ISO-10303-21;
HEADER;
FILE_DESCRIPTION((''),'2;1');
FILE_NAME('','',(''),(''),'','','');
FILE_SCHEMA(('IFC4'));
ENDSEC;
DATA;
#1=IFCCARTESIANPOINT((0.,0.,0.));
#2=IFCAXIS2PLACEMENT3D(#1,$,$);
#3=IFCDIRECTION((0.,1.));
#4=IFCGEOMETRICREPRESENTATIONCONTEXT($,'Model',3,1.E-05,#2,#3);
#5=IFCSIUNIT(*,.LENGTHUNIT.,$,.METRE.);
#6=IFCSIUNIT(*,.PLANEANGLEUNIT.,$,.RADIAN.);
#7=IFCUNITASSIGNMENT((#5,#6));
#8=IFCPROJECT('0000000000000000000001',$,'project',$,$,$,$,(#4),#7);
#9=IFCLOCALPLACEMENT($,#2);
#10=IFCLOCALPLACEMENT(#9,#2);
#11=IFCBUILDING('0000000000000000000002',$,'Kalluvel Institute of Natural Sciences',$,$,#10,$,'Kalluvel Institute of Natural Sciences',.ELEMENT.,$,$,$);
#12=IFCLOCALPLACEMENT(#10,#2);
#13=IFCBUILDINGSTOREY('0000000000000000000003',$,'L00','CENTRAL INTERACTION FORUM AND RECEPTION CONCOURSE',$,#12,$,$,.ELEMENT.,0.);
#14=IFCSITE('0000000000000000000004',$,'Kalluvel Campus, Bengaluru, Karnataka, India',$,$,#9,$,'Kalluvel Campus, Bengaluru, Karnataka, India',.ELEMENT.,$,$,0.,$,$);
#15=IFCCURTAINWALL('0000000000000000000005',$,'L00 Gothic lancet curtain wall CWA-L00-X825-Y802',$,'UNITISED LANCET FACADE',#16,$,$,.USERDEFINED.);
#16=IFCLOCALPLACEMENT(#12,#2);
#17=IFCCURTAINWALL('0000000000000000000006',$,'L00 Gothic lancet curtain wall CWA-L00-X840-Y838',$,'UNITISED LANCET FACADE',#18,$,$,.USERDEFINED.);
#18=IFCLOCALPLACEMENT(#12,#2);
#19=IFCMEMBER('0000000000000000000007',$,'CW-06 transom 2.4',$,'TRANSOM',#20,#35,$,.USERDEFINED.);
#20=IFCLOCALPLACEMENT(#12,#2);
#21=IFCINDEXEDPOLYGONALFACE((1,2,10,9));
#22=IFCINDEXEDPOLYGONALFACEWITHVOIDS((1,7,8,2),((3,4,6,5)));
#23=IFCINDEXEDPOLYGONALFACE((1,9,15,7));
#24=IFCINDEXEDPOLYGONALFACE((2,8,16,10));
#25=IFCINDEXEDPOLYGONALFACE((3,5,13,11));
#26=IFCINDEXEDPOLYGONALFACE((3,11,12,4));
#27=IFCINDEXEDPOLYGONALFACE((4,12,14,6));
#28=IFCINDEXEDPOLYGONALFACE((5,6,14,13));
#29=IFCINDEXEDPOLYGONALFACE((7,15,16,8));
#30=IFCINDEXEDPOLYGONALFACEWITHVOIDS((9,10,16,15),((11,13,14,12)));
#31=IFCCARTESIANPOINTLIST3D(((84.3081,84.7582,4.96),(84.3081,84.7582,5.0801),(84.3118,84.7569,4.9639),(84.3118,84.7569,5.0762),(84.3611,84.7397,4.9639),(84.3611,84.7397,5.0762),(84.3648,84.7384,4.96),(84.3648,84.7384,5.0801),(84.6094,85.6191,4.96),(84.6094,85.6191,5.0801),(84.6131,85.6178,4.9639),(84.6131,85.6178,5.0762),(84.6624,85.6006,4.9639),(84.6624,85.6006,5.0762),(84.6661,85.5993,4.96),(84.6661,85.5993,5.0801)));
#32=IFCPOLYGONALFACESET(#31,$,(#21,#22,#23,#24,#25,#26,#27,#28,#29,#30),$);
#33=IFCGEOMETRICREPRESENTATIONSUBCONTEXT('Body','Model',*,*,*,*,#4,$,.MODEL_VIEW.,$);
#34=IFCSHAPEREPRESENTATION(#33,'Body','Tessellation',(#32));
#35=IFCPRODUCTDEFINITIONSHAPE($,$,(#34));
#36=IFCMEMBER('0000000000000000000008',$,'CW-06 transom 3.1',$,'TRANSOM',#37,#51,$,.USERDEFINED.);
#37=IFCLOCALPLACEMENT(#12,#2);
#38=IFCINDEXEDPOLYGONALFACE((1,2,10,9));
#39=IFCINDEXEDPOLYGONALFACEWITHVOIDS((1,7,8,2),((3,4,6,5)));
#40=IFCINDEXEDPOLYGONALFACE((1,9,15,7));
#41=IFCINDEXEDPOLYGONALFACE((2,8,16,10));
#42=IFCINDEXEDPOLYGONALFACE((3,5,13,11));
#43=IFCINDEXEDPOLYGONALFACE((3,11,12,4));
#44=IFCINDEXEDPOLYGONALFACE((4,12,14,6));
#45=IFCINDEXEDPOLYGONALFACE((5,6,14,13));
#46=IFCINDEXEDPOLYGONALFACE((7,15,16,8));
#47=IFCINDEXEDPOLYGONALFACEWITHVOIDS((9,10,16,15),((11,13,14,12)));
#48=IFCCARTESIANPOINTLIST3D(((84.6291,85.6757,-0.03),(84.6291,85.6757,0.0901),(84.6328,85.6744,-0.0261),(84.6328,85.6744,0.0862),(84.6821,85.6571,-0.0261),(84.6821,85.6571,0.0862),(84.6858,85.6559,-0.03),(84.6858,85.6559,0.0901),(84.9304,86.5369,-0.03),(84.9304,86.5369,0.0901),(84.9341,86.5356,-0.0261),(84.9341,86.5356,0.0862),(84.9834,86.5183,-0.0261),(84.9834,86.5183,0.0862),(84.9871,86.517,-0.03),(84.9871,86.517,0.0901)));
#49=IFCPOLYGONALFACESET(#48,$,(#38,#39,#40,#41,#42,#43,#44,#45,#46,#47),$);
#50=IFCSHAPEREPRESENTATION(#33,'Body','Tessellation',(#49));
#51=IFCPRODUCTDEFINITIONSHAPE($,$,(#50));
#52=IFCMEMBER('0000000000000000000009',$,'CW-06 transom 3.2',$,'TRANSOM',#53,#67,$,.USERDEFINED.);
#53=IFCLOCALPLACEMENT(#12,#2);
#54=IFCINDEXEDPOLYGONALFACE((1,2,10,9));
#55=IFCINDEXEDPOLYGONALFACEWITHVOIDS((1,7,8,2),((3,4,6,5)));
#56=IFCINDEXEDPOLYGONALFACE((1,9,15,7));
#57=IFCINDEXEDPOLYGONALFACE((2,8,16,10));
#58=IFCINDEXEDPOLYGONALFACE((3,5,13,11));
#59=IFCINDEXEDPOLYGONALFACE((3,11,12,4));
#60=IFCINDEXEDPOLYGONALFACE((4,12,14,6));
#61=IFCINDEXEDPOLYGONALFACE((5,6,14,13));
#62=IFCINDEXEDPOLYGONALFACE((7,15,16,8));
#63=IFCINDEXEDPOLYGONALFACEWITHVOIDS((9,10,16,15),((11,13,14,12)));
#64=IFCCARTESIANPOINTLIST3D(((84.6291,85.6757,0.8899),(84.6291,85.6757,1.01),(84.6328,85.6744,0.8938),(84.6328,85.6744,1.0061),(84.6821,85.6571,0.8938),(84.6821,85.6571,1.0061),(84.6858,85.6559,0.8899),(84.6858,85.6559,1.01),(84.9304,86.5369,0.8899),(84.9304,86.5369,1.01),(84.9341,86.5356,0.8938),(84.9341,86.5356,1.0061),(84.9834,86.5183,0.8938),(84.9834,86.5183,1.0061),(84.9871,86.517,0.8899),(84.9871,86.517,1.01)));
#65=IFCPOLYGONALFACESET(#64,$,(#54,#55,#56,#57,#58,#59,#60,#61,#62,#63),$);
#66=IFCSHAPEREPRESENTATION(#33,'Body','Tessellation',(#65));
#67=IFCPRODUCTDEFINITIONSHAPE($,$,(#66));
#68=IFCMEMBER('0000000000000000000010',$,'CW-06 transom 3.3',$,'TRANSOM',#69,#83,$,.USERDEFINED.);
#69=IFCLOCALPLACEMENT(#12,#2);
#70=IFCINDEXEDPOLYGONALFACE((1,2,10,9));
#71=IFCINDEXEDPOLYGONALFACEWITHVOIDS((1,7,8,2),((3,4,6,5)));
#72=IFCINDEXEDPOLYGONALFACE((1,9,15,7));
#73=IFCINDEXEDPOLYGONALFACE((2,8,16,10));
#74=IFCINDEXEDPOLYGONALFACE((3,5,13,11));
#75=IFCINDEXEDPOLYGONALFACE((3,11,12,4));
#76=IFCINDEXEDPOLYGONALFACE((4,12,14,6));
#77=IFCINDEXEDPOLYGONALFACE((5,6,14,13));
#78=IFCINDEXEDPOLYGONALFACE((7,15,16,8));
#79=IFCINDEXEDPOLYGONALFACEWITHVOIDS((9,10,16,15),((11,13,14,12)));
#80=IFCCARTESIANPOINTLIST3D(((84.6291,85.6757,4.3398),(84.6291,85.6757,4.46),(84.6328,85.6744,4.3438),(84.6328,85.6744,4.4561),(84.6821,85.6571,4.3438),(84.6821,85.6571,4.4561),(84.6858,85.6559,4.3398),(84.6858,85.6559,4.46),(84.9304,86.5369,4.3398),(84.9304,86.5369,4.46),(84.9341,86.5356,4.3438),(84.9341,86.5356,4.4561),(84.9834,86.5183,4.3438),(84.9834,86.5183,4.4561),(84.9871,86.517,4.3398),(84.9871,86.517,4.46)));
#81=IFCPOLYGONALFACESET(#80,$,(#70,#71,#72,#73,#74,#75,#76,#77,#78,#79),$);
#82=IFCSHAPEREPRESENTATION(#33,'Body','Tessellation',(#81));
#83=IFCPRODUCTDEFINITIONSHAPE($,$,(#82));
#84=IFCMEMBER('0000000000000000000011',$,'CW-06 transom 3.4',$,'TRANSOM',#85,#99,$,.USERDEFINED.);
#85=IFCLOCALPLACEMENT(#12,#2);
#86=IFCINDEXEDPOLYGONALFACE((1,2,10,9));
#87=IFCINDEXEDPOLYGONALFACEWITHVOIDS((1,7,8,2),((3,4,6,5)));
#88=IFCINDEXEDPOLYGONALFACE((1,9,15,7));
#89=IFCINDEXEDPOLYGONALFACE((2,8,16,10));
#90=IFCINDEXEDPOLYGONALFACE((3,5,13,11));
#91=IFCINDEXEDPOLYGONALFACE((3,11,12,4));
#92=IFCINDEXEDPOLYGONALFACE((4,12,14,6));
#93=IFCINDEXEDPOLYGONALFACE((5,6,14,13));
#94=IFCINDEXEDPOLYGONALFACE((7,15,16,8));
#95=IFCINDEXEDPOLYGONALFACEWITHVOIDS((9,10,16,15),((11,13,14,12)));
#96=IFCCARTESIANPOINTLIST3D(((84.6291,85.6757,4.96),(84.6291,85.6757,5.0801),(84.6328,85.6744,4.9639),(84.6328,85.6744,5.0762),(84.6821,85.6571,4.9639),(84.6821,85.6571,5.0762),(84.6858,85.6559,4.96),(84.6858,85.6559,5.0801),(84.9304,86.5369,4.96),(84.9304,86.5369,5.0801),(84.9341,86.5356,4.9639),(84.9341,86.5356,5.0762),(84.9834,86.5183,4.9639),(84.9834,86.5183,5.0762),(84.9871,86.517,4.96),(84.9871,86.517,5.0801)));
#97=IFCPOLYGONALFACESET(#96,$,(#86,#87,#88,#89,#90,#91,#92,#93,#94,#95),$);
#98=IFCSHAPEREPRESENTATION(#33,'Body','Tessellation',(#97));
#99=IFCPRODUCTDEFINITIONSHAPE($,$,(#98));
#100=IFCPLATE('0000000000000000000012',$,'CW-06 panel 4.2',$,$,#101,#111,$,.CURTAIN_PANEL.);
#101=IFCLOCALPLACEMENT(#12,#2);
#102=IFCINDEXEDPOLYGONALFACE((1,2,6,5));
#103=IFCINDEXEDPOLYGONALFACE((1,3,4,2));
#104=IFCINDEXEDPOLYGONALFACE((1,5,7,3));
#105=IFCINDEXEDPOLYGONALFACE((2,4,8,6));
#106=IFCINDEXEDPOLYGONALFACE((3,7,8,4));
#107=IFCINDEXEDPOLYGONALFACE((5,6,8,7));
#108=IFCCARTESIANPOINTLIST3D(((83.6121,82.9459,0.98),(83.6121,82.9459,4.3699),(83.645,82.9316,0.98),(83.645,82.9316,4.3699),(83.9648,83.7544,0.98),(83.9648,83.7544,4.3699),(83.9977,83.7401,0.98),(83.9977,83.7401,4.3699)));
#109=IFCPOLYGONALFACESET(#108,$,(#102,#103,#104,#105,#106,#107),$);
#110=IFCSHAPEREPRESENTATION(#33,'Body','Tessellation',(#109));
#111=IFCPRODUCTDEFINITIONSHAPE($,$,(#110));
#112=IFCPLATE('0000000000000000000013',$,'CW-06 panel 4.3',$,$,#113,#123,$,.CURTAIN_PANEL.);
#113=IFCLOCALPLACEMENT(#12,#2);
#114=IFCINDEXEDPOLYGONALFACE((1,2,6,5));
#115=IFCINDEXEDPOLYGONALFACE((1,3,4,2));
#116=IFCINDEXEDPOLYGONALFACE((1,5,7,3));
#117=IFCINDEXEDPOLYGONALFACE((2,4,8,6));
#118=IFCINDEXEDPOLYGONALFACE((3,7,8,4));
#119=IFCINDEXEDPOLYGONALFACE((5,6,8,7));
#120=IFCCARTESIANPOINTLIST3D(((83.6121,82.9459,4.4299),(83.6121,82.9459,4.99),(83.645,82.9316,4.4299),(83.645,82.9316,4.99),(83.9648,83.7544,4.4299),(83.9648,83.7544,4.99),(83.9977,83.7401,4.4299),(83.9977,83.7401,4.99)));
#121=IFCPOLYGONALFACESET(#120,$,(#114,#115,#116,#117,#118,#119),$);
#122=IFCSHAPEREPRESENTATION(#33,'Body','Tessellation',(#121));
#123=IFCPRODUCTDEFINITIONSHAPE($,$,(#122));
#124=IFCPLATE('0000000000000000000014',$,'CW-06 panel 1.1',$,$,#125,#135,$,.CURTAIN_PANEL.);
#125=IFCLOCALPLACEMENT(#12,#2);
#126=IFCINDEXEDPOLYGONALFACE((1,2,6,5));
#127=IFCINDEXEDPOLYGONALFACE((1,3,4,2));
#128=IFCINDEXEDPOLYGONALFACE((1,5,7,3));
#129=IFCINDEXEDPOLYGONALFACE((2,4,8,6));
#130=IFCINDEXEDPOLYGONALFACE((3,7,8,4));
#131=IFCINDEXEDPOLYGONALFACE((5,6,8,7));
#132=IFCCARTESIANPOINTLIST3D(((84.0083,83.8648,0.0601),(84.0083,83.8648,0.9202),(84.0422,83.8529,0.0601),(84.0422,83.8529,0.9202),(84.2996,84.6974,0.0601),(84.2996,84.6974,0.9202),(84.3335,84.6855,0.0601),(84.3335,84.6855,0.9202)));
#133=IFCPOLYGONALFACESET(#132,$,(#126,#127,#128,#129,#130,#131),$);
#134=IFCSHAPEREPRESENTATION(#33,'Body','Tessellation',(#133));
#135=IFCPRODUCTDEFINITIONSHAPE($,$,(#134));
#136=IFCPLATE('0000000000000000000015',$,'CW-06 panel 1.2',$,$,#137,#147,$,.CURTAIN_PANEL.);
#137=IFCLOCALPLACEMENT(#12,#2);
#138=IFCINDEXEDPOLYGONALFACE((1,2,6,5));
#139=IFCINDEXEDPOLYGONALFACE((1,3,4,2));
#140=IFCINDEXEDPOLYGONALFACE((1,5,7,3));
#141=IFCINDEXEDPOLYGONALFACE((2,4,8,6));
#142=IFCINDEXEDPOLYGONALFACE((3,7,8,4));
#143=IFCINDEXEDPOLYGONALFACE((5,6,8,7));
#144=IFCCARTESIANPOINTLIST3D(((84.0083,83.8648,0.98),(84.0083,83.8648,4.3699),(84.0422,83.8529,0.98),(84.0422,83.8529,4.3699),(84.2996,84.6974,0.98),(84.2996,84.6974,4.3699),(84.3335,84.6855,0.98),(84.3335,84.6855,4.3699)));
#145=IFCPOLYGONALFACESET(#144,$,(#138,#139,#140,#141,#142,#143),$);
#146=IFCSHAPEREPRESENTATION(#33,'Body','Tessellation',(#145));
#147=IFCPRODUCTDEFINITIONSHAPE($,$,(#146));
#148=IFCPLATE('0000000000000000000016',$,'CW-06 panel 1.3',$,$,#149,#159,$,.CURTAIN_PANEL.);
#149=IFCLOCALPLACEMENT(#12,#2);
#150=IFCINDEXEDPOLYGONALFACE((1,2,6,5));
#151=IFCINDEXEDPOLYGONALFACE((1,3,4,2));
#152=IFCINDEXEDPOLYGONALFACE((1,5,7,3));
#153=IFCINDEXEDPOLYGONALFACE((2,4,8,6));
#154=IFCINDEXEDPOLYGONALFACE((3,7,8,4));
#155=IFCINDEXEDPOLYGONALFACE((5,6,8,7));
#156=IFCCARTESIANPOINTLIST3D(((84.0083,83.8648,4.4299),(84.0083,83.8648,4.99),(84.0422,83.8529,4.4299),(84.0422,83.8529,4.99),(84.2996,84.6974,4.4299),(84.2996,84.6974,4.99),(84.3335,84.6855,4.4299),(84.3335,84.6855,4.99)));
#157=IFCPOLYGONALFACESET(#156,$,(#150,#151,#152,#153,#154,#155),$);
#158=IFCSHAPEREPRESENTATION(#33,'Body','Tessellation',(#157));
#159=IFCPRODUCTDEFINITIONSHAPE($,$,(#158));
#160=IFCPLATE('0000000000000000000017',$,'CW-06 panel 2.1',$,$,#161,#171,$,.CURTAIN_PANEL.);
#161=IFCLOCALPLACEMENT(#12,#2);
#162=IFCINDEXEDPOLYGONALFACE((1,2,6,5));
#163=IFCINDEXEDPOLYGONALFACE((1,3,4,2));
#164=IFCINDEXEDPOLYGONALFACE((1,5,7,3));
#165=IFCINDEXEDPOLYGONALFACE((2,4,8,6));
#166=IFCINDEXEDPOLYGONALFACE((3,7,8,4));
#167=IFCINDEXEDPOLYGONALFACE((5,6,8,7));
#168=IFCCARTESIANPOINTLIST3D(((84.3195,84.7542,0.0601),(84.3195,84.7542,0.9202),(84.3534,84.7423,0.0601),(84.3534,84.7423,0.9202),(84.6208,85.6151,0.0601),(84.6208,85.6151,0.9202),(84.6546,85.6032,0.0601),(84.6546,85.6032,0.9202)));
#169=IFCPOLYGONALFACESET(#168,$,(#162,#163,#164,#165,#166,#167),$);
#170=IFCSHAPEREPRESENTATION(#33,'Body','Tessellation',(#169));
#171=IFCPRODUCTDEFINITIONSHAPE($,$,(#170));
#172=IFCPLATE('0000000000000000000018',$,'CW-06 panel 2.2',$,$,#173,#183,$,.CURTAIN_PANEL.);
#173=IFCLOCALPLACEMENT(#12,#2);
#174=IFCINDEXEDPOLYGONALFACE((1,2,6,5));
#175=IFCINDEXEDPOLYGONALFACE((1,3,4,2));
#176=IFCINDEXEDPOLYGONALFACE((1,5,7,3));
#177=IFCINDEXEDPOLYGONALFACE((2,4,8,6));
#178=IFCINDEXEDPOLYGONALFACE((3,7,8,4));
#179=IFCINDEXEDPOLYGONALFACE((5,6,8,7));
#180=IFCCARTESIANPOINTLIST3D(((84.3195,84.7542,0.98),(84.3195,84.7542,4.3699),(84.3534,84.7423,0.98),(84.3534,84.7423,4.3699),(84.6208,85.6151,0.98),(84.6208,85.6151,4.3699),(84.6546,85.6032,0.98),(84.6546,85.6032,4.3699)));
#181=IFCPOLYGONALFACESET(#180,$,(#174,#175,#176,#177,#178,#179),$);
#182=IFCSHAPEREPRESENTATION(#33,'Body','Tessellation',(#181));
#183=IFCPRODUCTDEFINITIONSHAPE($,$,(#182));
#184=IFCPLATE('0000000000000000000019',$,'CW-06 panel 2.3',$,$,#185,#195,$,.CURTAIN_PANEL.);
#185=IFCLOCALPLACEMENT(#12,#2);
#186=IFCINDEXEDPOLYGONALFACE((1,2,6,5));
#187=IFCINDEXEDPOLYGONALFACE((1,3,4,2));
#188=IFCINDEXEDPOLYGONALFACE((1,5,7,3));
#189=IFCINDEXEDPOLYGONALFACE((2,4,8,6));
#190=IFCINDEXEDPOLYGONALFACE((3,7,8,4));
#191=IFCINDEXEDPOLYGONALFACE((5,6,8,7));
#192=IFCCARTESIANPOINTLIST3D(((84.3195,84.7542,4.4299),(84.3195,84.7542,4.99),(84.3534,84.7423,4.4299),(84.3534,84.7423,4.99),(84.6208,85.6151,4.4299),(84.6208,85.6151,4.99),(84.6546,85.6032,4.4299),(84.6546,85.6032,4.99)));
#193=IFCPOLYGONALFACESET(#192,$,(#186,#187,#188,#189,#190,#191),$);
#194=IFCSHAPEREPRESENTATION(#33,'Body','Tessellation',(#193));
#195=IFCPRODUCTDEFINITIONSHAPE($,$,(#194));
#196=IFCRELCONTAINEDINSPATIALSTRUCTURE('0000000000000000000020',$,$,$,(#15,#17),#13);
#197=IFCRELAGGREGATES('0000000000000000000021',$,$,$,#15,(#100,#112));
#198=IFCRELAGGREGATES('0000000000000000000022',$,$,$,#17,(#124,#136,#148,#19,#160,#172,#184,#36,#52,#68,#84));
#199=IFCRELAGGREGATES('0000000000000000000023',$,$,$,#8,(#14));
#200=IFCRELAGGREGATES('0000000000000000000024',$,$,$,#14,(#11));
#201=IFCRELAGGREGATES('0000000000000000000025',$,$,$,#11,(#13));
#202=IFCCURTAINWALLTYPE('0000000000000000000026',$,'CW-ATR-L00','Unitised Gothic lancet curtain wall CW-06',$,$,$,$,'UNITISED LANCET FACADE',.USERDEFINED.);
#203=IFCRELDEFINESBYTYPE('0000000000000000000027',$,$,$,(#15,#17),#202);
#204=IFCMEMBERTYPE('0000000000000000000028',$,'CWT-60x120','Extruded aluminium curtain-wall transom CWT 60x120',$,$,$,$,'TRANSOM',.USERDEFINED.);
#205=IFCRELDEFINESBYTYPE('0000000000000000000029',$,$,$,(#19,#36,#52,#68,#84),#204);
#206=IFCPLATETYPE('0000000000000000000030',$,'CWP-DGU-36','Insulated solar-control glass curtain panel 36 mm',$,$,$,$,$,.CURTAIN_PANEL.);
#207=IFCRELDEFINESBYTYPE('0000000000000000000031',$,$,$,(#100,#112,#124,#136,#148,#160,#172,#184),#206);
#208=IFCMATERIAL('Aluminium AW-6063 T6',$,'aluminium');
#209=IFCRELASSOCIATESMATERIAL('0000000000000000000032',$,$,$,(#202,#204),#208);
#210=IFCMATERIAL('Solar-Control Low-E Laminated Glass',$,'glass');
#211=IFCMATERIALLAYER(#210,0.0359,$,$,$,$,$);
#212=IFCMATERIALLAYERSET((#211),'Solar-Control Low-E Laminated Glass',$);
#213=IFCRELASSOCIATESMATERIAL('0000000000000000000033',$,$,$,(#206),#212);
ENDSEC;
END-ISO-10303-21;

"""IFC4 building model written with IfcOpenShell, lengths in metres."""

from ifc_helpers import new_model, si_unit, direction, frame, origin, origin_2d, place, context, subcontext, project, spatial, rectangle, hollow_rectangle, extrude, material, layer, layer_set, material_profile, profile_set, type_object, element, aggregate, save


model = new_model("IFC4")

# Units and contexts
model_context = context("Model", 3, precision=1e-05, world=origin(), true_north=direction((0.0, 1.0)))
body_context = subcontext(model_context, "Body", "Model", "MODEL_VIEW")
ifc_project = project(units=[si_unit("LENGTHUNIT", "METRE"), si_unit("PLANEANGLEUNIT", "RADIAN")], contexts=[model_context])

# Site, building, storey
site_placement = place(None, origin())
site = spatial("IfcSite", under=ifc_project, at=site_placement, Name="Kalluvel Campus, Bengaluru, Karnataka, India", LongName="Kalluvel Campus, Bengaluru, Karnataka, India", CompositionType="ELEMENT", RefElevation=0.0)
building_placement = place(site_placement, origin())
building = spatial("IfcBuilding", under=site, at=building_placement, Name="Kalluvel Institute of Natural Sciences", LongName="Kalluvel Institute of Natural Sciences", CompositionType="ELEMENT")
storey_placement = place(building_placement, origin())
storey = spatial("IfcBuildingStorey", under=building, at=storey_placement, Name="L00", Description="CENTRAL INTERACTION FORUM AND RECEPTION CONCOURSE", CompositionType="ELEMENT", Elevation=0.0)

# Curtain wall
ifc_material_1 = material(Name="Aluminium AW-6063 T6", Category="aluminium")
curtain_wall_type = type_object("IfcCurtainWallType", Name="CW-ATR-L00", Description="Unitised Gothic lancet curtain wall CW-06", ElementType="UNITISED LANCET FACADE", PredefinedType="USERDEFINED", material=ifc_material_1)
curtain_wall_1_placement = place(storey_placement, origin())
curtain_wall_1 = element("IfcCurtainWall", 1, at=curtain_wall_1_placement, inside=storey, type_object=curtain_wall_type, Name="L00 Gothic lancet curtain wall CWA-L00-X825-Y802", ObjectType="UNITISED LANCET FACADE", PredefinedType="USERDEFINED")

# Curtain wall, members
curtain_wall_2_placement = place(storey_placement, origin())
curtain_wall_2 = element("IfcCurtainWall", 2, at=curtain_wall_2_placement, inside=storey, type_object=curtain_wall_type, Name="L00 Gothic lancet curtain wall CWA-L00-X840-Y838", ObjectType="UNITISED LANCET FACADE", PredefinedType="USERDEFINED")
ifc_material_profile_1 = material_profile(ifc_material_1, hollow_rectangle(XDim=0.0601, YDim=0.1201, WallThickness=0.0039, at=origin_2d()), Name="CWT 60x120")
ifc_profile_set_1 = profile_set([ifc_material_profile_1], Name="Aluminium AW-6063 T6")
member_type_1 = type_object("IfcMemberType", Name="CWT-60x120", Description="Extruded aluminium curtain-wall transom CWT 60x120", ElementType="TRANSOM", PredefinedType="USERDEFINED", material=ifc_profile_set_1)
member_1_placement = place(storey_placement, frame((84.3364, 84.7483, 5.02), z_axis=(0.330327, 0.943867, 0.0), x_axis=(-0.943867, 0.330327, 0.0)))
member_1 = element("IfcMember", 3, at=member_1_placement, type_object=member_type_1, Name="CW-06 transom 2.4", ObjectType="TRANSOM", PredefinedType="USERDEFINED", context=body_context, shape_type="SweptSolid", body=[
    extrude(hollow_rectangle(XDim=0.0601, YDim=0.1201, WallThickness=0.0039, at=origin_2d()), origin(), (0.0, 0.0, 1.0), 0.9121),
])
member_2_placement = place(storey_placement, frame((84.6575, 85.6658, 0.03), z_axis=(0.330243, 0.943896, 0.0), x_axis=(-0.943896, 0.330243, 0.0)))
member_2 = element("IfcMember", 4, at=member_2_placement, type_object=member_type_1, Name="CW-06 transom 3.1", ObjectType="TRANSOM", PredefinedType="USERDEFINED", context=body_context, shape_type="SweptSolid", body=[
    extrude(hollow_rectangle(XDim=0.0601, YDim=0.1201, WallThickness=0.0039, at=origin_2d()), origin(), (0.0, 0.0, 1.0), 0.9124),
])
member_3_placement = place(storey_placement, frame((84.6575, 85.6658, 0.95), z_axis=(0.330243, 0.943896, 0.0), x_axis=(-0.943896, 0.330243, 0.0)))
member_3 = element("IfcMember", 5, at=member_3_placement, type_object=member_type_1, Name="CW-06 transom 3.2", ObjectType="TRANSOM", PredefinedType="USERDEFINED", context=body_context, shape_type="SweptSolid", body=[
    extrude(hollow_rectangle(XDim=0.0601, YDim=0.1201, WallThickness=0.0039, at=origin_2d()), origin(), (0.0, 0.0, 1.0), 0.9124),
])
member_4_placement = place(storey_placement, frame((84.6575, 85.6658, 4.3999), z_axis=(0.330243, 0.943896, 0.0), x_axis=(-0.943896, 0.330243, 0.0)))
member_4 = element("IfcMember", 6, at=member_4_placement, type_object=member_type_1, Name="CW-06 transom 3.3", ObjectType="TRANSOM", PredefinedType="USERDEFINED", context=body_context, shape_type="SweptSolid", body=[
    extrude(hollow_rectangle(XDim=0.0601, YDim=0.1201, WallThickness=0.0039, at=origin_2d()), origin(), (0.0, 0.0, 1.0), 0.9124),
])
member_5_placement = place(storey_placement, frame((84.6575, 85.6658, 5.02), z_axis=(0.330243, 0.943896, 0.0), x_axis=(-0.943896, 0.330243, 0.0)))
member_5 = element("IfcMember", 7, at=member_5_placement, type_object=member_type_1, Name="CW-06 transom 3.4", ObjectType="TRANSOM", PredefinedType="USERDEFINED", context=body_context, shape_type="SweptSolid", body=[
    extrude(hollow_rectangle(XDim=0.0601, YDim=0.1201, WallThickness=0.0039, at=origin_2d()), origin(), (0.0, 0.0, 1.0), 0.9124),
])

# Plates
ifc_material_2 = material(Name="Solar-Control Low-E Laminated Glass", Category="glass")
ifc_layer = layer(ifc_material_2, 0.0359)
ifc_layer_set = layer_set([ifc_layer], Name="Solar-Control Low-E Laminated Glass")
plate_type = type_object("IfcPlateType", Name="CWP-DGU-36", Description="Insulated solar-control glass curtain panel 36 mm", PredefinedType="CURTAIN_PANEL", material=ifc_layer_set)
plate_1_placement = place(storey_placement, frame((83.8049, 83.343, 0.98), z_axis=(0.0, 0.0, 1.0), x_axis=(0.399873, 0.916571, 0.0)))
plate_1 = element("IfcPlate", 8, at=plate_1_placement, type_object=plate_type, Name="CW-06 panel 4.2", PredefinedType="CURTAIN_PANEL", context=body_context, shape_type="SweptSolid", body=[
    extrude(rectangle(XDim=0.8821, YDim=0.0359, at=origin_2d()), origin(), (0.0, 0.0, 1.0), 3.3899),
])
plate_2_placement = place(storey_placement, frame((83.8049, 83.343, 4.4299), z_axis=(0.0, 0.0, 1.0), x_axis=(0.399873, 0.916571, 0.0)))
plate_2 = element("IfcPlate", 9, at=plate_2_placement, type_object=plate_type, Name="CW-06 panel 4.3", PredefinedType="CURTAIN_PANEL", context=body_context, shape_type="SweptSolid", body=[
    extrude(rectangle(XDim=0.8821, YDim=0.0359, at=origin_2d()), origin(), (0.0, 0.0, 1.0), 0.5601),
])
aggregate(curtain_wall_1, [plate_1, plate_2])
plate_3_placement = place(storey_placement, frame((84.1709, 84.2751, 0.0601), z_axis=(0.0, 0.0, 1.0), x_axis=(0.330295, 0.943878, 0.0)))
plate_3 = element("IfcPlate", 10, at=plate_3_placement, type_object=plate_type, Name="CW-06 panel 1.1", PredefinedType="CURTAIN_PANEL", context=body_context, shape_type="SweptSolid", body=[
    extrude(rectangle(XDim=0.8821, YDim=0.0359, at=origin_2d()), origin(), (0.0, 0.0, 1.0), 0.8601),
])
plate_4_placement = place(storey_placement, frame((84.1709, 84.2751, 0.98), z_axis=(0.0, 0.0, 1.0), x_axis=(0.330295, 0.943878, 0.0)))
plate_4 = element("IfcPlate", 11, at=plate_4_placement, type_object=plate_type, Name="CW-06 panel 1.2", PredefinedType="CURTAIN_PANEL", context=body_context, shape_type="SweptSolid", body=[
    extrude(rectangle(XDim=0.8821, YDim=0.0359, at=origin_2d()), origin(), (0.0, 0.0, 1.0), 3.3899),
])
plate_5_placement = place(storey_placement, frame((84.1709, 84.2751, 4.4299), z_axis=(0.0, 0.0, 1.0), x_axis=(0.330295, 0.943878, 0.0)))
plate_5 = element("IfcPlate", 12, at=plate_5_placement, type_object=plate_type, Name="CW-06 panel 1.3", PredefinedType="CURTAIN_PANEL", context=body_context, shape_type="SweptSolid", body=[
    extrude(rectangle(XDim=0.8821, YDim=0.0359, at=origin_2d()), origin(), (0.0, 0.0, 1.0), 0.5601),
])
plate_6_placement = place(storey_placement, frame((84.4871, 85.1787, 0.0601), z_axis=(0.0, 0.0, 1.0), x_axis=(0.330295, 0.943878, 0.0)))
plate_6 = element("IfcPlate", 13, at=plate_6_placement, type_object=plate_type, Name="CW-06 panel 2.1", PredefinedType="CURTAIN_PANEL", context=body_context, shape_type="SweptSolid", body=[
    extrude(rectangle(XDim=0.9121, YDim=0.0359, at=origin_2d()), origin(), (0.0, 0.0, 1.0), 0.8601),
])
plate_7_placement = place(storey_placement, frame((84.4871, 85.1787, 0.98), z_axis=(0.0, 0.0, 1.0), x_axis=(0.330295, 0.943878, 0.0)))
plate_7 = element("IfcPlate", 14, at=plate_7_placement, type_object=plate_type, Name="CW-06 panel 2.2", PredefinedType="CURTAIN_PANEL", context=body_context, shape_type="SweptSolid", body=[
    extrude(rectangle(XDim=0.9121, YDim=0.0359, at=origin_2d()), origin(), (0.0, 0.0, 1.0), 3.3899),
])
plate_8_placement = place(storey_placement, frame((84.4871, 85.1787, 4.4299), z_axis=(0.0, 0.0, 1.0), x_axis=(0.330295, 0.943878, 0.0)))
plate_8 = element("IfcPlate", 15, at=plate_8_placement, type_object=plate_type, Name="CW-06 panel 2.3", PredefinedType="CURTAIN_PANEL", context=body_context, shape_type="SweptSolid", body=[
    extrude(rectangle(XDim=0.9121, YDim=0.0359, at=origin_2d()), origin(), (0.0, 0.0, 1.0), 0.5601),
])
aggregate(curtain_wall_2, [plate_3, plate_4, plate_5, member_1, plate_6, plate_7, plate_8, member_2, member_3, member_4, member_5])

save(model, "model.ifc")
